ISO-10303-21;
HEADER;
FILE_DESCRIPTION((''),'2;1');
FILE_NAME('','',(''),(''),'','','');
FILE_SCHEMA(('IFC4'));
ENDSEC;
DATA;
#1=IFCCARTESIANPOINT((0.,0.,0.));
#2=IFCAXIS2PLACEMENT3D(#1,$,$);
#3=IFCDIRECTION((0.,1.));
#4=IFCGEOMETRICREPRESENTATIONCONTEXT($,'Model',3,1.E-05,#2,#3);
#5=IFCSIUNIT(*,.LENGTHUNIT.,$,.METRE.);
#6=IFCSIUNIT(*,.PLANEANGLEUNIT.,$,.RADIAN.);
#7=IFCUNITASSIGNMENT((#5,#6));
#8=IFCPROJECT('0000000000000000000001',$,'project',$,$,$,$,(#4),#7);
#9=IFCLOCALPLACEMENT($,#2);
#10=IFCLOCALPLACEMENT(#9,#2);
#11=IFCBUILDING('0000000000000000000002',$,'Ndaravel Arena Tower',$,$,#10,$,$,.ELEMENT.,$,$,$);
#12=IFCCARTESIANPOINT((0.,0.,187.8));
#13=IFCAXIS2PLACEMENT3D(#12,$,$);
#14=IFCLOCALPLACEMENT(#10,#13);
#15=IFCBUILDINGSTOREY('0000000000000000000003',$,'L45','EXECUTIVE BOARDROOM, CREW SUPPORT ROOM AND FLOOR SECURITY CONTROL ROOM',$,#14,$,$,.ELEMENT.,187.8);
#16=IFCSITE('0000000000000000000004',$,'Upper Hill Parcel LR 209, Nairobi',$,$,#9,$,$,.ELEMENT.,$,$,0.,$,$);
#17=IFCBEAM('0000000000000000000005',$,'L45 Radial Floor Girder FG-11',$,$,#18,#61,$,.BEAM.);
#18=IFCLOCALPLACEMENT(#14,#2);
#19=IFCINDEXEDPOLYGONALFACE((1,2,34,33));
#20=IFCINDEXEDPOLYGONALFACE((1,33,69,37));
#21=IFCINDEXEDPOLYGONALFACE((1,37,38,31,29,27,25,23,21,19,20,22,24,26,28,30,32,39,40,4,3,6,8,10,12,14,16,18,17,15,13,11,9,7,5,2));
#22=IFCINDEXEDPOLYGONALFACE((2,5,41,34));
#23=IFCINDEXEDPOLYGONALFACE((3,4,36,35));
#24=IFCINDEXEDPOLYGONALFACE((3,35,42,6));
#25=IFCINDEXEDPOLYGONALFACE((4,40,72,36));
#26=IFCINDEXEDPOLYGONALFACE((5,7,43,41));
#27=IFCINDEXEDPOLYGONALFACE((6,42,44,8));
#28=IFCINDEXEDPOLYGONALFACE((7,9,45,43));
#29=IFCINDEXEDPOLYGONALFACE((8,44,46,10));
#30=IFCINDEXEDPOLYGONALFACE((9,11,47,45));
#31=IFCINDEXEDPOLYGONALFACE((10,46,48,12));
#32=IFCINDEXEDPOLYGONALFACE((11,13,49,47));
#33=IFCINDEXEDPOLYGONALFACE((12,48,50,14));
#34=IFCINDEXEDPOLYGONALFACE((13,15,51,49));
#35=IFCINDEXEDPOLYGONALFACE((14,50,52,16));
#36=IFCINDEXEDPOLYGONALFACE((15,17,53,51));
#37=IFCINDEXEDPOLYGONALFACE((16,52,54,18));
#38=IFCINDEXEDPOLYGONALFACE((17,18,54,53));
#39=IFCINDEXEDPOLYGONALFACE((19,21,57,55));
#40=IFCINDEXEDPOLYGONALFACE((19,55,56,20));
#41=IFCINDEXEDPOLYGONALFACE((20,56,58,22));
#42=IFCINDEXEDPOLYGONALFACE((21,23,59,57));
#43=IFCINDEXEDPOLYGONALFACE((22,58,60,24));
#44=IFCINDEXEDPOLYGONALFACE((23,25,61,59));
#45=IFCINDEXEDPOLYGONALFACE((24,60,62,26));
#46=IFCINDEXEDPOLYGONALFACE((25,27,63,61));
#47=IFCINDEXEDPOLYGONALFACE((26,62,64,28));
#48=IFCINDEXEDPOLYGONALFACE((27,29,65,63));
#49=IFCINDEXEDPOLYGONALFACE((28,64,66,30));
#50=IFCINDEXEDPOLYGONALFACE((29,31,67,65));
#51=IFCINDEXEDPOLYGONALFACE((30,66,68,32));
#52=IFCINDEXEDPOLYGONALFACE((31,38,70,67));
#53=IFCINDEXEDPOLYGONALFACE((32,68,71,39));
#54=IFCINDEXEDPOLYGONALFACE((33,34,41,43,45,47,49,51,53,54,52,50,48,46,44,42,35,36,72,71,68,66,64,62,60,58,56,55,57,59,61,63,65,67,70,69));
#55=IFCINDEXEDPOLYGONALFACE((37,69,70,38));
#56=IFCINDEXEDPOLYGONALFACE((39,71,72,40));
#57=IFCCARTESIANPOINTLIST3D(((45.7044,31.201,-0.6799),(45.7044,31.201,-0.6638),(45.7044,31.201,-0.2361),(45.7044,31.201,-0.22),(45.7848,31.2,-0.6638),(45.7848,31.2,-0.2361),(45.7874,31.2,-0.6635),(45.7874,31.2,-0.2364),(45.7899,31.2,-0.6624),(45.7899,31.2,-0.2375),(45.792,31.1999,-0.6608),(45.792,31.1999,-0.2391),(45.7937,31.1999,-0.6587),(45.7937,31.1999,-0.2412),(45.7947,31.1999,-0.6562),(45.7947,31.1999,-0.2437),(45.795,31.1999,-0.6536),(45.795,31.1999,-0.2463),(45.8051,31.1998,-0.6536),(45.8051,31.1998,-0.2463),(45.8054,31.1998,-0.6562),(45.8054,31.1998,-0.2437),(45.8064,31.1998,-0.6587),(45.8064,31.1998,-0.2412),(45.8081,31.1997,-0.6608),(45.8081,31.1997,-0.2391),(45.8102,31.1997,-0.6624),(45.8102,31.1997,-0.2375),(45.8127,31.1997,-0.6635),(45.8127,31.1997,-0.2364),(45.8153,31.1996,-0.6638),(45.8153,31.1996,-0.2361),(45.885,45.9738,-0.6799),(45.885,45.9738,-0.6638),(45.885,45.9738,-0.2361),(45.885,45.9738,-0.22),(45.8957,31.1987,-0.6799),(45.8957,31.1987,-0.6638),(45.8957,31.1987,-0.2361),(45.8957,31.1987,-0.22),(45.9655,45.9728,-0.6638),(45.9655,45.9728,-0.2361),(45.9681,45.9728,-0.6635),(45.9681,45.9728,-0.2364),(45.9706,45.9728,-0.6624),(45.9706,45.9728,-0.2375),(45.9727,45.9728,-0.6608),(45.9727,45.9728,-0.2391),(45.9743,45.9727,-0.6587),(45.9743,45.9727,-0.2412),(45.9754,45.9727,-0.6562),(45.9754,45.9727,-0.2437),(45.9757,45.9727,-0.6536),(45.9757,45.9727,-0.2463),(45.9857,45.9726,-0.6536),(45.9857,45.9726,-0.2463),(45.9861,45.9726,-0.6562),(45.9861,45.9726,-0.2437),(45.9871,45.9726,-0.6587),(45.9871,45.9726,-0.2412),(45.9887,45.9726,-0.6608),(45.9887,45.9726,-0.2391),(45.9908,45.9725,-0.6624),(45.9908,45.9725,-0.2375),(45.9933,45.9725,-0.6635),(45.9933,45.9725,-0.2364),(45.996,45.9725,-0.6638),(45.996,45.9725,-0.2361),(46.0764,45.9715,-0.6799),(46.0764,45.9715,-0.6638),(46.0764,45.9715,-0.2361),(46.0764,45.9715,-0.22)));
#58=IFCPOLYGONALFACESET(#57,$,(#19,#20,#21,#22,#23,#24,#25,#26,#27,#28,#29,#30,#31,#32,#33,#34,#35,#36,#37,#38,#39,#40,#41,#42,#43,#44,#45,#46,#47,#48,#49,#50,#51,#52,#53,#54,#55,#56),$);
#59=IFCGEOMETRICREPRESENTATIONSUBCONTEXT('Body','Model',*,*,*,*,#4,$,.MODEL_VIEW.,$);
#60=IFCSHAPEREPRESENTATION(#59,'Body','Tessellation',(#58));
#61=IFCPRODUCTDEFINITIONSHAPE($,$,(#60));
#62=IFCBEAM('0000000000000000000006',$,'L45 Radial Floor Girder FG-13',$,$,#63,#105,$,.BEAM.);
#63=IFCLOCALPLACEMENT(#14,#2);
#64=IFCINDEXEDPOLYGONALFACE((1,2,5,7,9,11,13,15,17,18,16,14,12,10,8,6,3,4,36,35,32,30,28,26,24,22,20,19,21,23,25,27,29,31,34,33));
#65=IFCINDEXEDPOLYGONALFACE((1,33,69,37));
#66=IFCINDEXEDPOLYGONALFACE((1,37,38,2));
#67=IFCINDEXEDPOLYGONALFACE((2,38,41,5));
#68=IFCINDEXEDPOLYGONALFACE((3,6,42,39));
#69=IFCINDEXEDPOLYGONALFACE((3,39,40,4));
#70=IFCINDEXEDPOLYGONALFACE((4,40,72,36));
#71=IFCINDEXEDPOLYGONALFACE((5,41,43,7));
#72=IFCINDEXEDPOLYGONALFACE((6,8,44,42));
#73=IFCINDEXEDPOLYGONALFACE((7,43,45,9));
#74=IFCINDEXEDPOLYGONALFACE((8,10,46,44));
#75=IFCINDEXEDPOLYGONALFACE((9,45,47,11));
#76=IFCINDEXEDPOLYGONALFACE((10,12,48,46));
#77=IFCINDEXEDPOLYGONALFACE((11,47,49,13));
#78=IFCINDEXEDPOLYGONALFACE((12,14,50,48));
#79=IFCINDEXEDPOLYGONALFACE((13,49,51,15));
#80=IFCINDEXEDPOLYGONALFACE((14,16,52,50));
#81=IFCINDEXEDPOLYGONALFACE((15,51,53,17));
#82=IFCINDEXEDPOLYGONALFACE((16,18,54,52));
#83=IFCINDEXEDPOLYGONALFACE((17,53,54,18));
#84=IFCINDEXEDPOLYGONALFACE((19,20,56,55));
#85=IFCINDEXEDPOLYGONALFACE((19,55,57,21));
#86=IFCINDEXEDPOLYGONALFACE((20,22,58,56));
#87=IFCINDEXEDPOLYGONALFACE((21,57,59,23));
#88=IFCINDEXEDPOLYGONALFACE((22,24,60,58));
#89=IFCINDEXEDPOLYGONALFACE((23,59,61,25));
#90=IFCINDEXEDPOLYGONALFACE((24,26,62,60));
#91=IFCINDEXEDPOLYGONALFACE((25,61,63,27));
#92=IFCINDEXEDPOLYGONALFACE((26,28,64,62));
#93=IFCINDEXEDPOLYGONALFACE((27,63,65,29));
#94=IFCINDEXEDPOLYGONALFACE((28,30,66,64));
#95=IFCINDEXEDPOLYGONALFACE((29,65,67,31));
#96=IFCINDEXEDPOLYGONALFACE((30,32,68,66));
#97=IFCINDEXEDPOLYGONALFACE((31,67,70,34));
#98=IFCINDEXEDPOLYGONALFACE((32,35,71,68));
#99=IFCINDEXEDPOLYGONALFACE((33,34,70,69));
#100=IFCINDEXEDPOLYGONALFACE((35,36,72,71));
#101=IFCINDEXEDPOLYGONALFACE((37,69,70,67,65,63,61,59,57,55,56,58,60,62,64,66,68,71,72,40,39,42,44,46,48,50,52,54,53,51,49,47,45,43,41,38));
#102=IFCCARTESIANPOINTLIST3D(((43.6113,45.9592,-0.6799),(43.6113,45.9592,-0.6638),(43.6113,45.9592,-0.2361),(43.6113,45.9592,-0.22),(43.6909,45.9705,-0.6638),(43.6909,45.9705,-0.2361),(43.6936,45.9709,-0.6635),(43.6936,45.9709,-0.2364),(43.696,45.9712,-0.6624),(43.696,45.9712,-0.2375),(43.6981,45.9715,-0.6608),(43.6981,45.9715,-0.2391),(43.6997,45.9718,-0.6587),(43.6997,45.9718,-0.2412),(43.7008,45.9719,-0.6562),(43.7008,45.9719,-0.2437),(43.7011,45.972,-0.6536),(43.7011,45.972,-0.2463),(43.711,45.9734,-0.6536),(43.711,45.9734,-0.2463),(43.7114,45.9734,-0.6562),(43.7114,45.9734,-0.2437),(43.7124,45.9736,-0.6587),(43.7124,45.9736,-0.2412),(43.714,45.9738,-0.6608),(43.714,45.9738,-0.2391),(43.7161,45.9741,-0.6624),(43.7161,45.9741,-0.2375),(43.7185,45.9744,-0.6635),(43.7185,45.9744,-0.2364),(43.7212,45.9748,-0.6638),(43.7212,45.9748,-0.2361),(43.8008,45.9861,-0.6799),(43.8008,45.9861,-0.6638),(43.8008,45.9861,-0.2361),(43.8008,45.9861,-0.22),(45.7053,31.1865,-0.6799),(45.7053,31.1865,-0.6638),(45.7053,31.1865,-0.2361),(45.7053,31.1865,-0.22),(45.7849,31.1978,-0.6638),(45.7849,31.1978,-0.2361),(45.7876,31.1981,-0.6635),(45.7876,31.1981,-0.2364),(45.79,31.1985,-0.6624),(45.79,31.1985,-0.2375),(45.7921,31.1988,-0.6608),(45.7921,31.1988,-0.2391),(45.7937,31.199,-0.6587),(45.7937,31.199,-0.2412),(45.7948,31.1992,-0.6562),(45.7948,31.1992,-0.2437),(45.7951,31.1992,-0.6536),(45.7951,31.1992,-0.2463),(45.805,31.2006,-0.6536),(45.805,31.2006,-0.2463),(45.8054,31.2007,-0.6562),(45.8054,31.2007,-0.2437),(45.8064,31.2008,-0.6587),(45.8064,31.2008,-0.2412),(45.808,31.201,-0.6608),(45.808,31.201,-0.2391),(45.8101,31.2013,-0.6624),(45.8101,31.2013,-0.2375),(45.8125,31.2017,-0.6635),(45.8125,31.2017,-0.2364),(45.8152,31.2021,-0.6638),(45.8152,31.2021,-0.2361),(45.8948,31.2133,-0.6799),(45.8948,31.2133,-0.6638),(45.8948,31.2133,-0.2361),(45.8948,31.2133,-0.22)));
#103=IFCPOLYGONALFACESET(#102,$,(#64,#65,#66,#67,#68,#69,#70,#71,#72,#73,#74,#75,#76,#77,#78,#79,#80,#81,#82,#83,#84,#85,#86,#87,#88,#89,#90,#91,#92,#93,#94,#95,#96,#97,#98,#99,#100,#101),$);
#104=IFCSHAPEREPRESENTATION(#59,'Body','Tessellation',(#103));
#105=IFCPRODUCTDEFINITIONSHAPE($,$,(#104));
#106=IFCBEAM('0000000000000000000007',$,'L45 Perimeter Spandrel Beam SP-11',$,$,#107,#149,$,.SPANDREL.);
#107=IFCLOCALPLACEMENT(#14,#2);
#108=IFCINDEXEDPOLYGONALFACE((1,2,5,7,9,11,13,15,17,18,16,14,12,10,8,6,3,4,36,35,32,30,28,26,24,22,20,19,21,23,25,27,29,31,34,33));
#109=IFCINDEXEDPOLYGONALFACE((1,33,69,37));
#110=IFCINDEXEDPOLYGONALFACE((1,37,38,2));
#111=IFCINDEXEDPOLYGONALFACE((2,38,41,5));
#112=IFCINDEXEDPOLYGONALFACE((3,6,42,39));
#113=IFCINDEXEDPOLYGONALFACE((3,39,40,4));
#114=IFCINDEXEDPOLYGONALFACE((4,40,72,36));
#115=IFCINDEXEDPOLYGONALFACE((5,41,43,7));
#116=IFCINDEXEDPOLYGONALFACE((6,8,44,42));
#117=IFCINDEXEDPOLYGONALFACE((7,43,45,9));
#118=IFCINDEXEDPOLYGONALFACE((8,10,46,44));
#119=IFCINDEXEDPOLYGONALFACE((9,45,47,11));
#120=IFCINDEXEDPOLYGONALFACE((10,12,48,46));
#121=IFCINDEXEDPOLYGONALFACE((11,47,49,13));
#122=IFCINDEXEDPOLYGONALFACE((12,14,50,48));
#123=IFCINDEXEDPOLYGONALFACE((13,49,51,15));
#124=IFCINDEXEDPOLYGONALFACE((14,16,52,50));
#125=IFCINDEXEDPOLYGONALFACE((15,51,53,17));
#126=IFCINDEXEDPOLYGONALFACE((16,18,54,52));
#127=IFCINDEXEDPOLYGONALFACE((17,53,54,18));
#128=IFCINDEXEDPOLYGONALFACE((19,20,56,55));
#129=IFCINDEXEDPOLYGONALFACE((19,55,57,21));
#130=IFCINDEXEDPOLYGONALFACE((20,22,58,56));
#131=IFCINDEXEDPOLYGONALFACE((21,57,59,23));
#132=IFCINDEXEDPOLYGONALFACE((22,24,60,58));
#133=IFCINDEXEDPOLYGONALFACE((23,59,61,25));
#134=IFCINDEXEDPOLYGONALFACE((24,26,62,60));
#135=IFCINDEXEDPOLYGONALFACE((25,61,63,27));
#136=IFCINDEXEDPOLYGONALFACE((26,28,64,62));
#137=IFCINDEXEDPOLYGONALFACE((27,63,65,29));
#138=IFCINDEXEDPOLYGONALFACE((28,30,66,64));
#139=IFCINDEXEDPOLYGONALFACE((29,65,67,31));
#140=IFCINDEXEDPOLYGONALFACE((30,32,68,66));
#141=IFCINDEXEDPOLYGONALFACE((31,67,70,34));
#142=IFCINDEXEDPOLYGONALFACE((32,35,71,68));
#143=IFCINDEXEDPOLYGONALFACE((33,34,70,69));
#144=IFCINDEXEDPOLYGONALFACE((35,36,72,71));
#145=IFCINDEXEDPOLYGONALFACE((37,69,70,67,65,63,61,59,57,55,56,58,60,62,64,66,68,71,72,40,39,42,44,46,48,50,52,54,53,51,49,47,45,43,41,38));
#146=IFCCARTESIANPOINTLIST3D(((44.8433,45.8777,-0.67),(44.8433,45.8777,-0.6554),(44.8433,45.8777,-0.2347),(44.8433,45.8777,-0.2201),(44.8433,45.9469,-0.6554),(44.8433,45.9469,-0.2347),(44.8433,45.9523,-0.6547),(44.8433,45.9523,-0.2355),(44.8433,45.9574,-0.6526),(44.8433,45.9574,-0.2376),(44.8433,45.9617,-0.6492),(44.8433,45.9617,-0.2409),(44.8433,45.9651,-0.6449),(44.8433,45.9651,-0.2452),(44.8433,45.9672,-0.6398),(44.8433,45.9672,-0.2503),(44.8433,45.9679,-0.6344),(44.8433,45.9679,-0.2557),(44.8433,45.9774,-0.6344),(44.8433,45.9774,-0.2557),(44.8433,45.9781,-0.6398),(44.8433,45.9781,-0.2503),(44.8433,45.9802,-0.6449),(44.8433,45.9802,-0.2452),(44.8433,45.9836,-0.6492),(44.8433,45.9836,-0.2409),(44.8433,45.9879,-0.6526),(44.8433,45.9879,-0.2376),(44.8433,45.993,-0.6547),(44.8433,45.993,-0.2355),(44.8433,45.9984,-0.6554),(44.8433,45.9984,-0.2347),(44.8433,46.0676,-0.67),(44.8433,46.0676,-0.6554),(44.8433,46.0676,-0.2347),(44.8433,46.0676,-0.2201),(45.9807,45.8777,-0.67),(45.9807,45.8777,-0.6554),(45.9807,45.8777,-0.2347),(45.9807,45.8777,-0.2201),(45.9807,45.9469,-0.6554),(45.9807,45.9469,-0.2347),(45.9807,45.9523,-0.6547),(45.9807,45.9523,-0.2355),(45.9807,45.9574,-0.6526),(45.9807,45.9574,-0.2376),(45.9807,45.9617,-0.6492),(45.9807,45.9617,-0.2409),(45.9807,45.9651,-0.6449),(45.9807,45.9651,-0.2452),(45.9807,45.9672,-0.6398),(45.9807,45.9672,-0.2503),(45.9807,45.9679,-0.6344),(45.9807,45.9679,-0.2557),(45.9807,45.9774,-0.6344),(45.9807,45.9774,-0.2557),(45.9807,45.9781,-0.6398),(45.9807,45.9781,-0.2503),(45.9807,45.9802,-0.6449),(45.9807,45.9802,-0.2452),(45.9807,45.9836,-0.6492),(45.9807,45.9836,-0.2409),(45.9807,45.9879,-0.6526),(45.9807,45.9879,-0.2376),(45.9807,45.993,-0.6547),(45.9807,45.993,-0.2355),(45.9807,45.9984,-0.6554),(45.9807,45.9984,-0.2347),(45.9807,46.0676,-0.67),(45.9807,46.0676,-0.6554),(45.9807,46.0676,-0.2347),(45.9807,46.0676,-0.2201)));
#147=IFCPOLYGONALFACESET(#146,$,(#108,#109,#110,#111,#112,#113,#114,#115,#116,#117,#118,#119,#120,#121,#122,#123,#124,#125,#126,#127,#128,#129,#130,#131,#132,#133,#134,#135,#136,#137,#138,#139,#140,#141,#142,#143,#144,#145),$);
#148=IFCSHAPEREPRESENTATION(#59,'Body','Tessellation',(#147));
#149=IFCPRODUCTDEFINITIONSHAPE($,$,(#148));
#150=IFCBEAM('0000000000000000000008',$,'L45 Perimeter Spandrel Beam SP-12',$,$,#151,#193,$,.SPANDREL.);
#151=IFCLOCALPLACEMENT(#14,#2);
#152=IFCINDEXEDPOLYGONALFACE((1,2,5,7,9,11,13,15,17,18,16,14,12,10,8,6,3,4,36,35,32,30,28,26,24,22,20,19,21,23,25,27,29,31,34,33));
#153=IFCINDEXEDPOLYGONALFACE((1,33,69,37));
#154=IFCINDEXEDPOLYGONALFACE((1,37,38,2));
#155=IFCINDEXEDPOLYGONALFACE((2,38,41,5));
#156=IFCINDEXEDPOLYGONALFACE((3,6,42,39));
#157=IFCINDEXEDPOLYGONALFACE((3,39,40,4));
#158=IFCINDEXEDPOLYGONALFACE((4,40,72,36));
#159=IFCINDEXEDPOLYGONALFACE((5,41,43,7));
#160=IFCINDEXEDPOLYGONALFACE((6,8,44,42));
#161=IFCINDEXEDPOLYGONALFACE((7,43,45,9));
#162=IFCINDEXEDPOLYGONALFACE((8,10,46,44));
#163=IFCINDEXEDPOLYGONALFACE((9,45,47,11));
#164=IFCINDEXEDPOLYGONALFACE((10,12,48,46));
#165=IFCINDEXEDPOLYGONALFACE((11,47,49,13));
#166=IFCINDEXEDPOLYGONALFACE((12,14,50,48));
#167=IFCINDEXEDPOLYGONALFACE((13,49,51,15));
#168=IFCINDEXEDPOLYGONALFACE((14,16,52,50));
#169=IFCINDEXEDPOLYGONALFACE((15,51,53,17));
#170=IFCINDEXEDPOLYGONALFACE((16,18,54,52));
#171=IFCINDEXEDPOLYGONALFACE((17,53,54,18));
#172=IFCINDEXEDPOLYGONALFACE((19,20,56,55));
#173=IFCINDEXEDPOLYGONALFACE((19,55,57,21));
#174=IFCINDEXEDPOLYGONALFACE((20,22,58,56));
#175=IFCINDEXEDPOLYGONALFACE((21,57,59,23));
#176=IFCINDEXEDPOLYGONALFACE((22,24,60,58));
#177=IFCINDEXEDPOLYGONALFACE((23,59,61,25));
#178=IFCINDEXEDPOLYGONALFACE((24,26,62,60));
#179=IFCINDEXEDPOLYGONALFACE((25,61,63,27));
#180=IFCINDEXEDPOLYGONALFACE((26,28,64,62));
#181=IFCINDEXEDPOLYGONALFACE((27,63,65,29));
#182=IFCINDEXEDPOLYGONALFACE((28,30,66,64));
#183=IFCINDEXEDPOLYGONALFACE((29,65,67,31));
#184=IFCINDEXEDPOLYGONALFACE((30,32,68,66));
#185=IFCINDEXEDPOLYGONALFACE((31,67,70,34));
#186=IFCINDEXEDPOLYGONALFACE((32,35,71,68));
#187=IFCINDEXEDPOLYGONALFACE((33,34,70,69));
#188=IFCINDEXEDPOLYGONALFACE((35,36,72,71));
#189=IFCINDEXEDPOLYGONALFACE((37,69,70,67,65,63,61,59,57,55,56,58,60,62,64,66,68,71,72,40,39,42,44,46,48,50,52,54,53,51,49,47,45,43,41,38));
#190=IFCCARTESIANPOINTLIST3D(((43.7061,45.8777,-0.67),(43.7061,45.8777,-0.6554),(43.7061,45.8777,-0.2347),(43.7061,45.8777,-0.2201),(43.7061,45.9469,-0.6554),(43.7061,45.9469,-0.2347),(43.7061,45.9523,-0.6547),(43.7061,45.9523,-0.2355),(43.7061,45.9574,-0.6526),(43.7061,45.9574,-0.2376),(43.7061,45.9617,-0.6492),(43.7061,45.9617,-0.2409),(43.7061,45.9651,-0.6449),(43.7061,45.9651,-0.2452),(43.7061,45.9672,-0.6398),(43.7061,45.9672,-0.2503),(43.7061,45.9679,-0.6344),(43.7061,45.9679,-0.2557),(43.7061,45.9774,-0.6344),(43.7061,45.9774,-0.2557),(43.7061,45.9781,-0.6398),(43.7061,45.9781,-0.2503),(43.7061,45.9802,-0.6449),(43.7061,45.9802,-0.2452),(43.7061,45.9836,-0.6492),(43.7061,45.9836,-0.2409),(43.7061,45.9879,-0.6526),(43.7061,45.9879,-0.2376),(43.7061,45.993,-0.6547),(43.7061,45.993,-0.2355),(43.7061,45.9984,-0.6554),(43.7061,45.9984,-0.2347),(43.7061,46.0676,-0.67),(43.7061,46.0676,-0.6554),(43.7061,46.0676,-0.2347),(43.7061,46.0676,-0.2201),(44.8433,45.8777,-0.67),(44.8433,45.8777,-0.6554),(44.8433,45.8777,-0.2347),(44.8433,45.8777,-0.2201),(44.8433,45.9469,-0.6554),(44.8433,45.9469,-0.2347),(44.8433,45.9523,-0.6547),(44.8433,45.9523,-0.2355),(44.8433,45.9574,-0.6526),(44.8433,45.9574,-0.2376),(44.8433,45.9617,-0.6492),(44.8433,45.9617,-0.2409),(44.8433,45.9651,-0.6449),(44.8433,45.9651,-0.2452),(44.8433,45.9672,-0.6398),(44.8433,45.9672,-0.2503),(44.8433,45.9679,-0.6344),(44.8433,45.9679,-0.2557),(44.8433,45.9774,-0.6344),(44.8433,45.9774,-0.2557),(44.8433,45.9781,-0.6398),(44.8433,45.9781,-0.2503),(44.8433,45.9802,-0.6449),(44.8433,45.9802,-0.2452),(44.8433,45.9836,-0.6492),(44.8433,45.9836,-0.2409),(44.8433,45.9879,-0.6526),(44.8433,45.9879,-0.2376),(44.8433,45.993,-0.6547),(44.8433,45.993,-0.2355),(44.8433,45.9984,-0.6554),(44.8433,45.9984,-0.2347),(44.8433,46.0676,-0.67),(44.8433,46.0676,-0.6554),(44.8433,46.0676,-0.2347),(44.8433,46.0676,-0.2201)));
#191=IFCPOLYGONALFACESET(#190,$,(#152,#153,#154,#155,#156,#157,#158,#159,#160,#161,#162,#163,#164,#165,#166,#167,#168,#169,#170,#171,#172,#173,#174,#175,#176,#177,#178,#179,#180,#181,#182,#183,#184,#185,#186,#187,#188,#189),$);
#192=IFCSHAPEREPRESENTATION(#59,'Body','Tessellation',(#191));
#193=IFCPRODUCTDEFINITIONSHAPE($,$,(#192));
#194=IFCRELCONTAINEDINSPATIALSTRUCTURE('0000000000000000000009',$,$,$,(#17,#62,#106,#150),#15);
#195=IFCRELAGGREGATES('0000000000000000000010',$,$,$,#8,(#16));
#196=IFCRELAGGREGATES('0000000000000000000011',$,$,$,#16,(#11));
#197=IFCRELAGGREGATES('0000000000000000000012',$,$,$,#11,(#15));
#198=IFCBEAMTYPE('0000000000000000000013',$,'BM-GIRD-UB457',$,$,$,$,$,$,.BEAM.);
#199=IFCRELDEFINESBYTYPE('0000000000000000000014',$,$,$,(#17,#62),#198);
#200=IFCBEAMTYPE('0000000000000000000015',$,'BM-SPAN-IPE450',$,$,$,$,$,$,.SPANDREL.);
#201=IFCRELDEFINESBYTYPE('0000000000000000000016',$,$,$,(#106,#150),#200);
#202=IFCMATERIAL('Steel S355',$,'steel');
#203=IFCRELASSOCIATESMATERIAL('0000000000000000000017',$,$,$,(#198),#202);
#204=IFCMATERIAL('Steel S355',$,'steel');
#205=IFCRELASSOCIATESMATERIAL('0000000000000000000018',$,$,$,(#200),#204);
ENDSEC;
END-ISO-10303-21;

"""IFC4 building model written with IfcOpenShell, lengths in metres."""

from ifc_helpers import new_model, si_unit, direction, frame, origin, origin_2d, place, context, subcontext, project, spatial, i_section, extrude, material, material_profile, profile_set, type_object, element, save


model = new_model("IFC4")

# Units and contexts
model_context = context("Model", 3, precision=1e-05, world=origin(), true_north=direction((0.0, 1.0)))
body_context = subcontext(model_context, "Body", "Model", "MODEL_VIEW")
ifc_project = project(units=[si_unit("LENGTHUNIT", "METRE"), si_unit("PLANEANGLEUNIT", "RADIAN")], contexts=[model_context])

# Site, building, storey
site_placement = place(None, origin())
site = spatial("IfcSite", under=ifc_project, at=site_placement, Name="Upper Hill Parcel LR 209, Nairobi", CompositionType="ELEMENT", RefElevation=0.0)
building_placement = place(site_placement, origin())
building = spatial("IfcBuilding", under=site, at=building_placement, Name="Ndaravel Arena Tower", CompositionType="ELEMENT")
storey_placement = place(building_placement, frame((0.0, 0.0, 187.8)))
storey = spatial("IfcBuildingStorey", under=building, at=storey_placement, Name="L45", Description="EXECUTIVE BOARDROOM, CREW SUPPORT ROOM AND FLOOR SECURITY CONTROL ROOM", CompositionType="ELEMENT", Elevation=187.8)

# Beams
ifc_material_1 = material(Name="Steel S355", Category="steel")
ifc_material_profile_1 = material_profile(ifc_material_1, i_section(OverallWidth=0.1914, OverallDepth=0.46, WebThickness=0.01, FlangeThickness=0.0161, FilletRadius=0.0103, at=origin_2d()), Name="UB 457x191x82")
ifc_profile_set_1 = profile_set([ifc_material_profile_1], Name="Steel S355")
beam_type_1 = type_object("IfcBeamType", Name="BM-GIRD-UB457", PredefinedType="BEAM", material=ifc_profile_set_1)
beam_1_placement = place(storey_placement, frame((45.9807, 45.9727, -0.45), z_axis=(-0.012229, -0.999925, 0.0), x_axis=(0.999925, -0.012229, 0.0)))
element("IfcBeam", 1, at=beam_1_placement, inside=storey, type_object=beam_type_1, Name="L45 Radial Floor Girder FG-11", PredefinedType="BEAM", context=body_context, shape_type="SweptSolid", body=[
    extrude(i_section(OverallWidth=0.1914, OverallDepth=0.46, WebThickness=0.01, FlangeThickness=0.0161, FilletRadius=0.0103, at=origin_2d()), origin(), (0.0, 0.0, 1.0), 14.7739),
])
beam_2_placement = place(storey_placement, frame((43.7061, 45.9727, -0.45), z_axis=(0.140345, -0.990103, 0.0), x_axis=(0.990103, 0.140345, 0.0)))
element("IfcBeam", 2, at=beam_2_placement, inside=storey, type_object=beam_type_1, Name="L45 Radial Floor Girder FG-13", PredefinedType="BEAM", context=body_context, shape_type="SweptSolid", body=[
    extrude(i_section(OverallWidth=0.1914, OverallDepth=0.46, WebThickness=0.01, FlangeThickness=0.0161, FilletRadius=0.0103, at=origin_2d()), origin(), (0.0, 0.0, 1.0), 14.9204),
])
ifc_material_2 = material(Name="Steel S355", Category="steel")
ifc_material_profile_2 = material_profile(ifc_material_2, i_section(OverallWidth=0.1899, OverallDepth=0.45, WebThickness=0.0095, FlangeThickness=0.0146, FilletRadius=0.021, at=origin_2d()), Name="IPE 450")
ifc_profile_set_2 = profile_set([ifc_material_profile_2], Name="Steel S355")
beam_type_2 = type_object("IfcBeamType", Name="BM-SPAN-IPE450", PredefinedType="SPANDREL", material=ifc_profile_set_2)
beam_3_placement = place(storey_placement, frame((45.9807, 45.9727, -0.4451), z_axis=(-1.0, 0.0, 0.0), x_axis=(0.0, -1.0, 0.0)))
element("IfcBeam", 3, at=beam_3_placement, inside=storey, type_object=beam_type_2, Name="L45 Perimeter Spandrel Beam SP-11", PredefinedType="SPANDREL", context=body_context, shape_type="SweptSolid", body=[
    extrude(i_section(OverallWidth=0.1899, OverallDepth=0.45, WebThickness=0.0095, FlangeThickness=0.0146, FilletRadius=0.021, at=origin_2d()), origin(), (0.0, 0.0, 1.0), 1.1375),
])
beam_4_placement = place(storey_placement, frame((44.8433, 45.9727, -0.4451), z_axis=(-1.0, 0.0, 0.0), x_axis=(0.0, -1.0, 0.0)))
element("IfcBeam", 4, at=beam_4_placement, inside=storey, type_object=beam_type_2, Name="L45 Perimeter Spandrel Beam SP-12", PredefinedType="SPANDREL", context=body_context, shape_type="SweptSolid", body=[
    extrude(i_section(OverallWidth=0.1899, OverallDepth=0.45, WebThickness=0.0095, FlangeThickness=0.0146, FilletRadius=0.021, at=origin_2d()), origin(), (0.0, 0.0, 1.0), 1.1372),
])

save(model, "model.ifc")
